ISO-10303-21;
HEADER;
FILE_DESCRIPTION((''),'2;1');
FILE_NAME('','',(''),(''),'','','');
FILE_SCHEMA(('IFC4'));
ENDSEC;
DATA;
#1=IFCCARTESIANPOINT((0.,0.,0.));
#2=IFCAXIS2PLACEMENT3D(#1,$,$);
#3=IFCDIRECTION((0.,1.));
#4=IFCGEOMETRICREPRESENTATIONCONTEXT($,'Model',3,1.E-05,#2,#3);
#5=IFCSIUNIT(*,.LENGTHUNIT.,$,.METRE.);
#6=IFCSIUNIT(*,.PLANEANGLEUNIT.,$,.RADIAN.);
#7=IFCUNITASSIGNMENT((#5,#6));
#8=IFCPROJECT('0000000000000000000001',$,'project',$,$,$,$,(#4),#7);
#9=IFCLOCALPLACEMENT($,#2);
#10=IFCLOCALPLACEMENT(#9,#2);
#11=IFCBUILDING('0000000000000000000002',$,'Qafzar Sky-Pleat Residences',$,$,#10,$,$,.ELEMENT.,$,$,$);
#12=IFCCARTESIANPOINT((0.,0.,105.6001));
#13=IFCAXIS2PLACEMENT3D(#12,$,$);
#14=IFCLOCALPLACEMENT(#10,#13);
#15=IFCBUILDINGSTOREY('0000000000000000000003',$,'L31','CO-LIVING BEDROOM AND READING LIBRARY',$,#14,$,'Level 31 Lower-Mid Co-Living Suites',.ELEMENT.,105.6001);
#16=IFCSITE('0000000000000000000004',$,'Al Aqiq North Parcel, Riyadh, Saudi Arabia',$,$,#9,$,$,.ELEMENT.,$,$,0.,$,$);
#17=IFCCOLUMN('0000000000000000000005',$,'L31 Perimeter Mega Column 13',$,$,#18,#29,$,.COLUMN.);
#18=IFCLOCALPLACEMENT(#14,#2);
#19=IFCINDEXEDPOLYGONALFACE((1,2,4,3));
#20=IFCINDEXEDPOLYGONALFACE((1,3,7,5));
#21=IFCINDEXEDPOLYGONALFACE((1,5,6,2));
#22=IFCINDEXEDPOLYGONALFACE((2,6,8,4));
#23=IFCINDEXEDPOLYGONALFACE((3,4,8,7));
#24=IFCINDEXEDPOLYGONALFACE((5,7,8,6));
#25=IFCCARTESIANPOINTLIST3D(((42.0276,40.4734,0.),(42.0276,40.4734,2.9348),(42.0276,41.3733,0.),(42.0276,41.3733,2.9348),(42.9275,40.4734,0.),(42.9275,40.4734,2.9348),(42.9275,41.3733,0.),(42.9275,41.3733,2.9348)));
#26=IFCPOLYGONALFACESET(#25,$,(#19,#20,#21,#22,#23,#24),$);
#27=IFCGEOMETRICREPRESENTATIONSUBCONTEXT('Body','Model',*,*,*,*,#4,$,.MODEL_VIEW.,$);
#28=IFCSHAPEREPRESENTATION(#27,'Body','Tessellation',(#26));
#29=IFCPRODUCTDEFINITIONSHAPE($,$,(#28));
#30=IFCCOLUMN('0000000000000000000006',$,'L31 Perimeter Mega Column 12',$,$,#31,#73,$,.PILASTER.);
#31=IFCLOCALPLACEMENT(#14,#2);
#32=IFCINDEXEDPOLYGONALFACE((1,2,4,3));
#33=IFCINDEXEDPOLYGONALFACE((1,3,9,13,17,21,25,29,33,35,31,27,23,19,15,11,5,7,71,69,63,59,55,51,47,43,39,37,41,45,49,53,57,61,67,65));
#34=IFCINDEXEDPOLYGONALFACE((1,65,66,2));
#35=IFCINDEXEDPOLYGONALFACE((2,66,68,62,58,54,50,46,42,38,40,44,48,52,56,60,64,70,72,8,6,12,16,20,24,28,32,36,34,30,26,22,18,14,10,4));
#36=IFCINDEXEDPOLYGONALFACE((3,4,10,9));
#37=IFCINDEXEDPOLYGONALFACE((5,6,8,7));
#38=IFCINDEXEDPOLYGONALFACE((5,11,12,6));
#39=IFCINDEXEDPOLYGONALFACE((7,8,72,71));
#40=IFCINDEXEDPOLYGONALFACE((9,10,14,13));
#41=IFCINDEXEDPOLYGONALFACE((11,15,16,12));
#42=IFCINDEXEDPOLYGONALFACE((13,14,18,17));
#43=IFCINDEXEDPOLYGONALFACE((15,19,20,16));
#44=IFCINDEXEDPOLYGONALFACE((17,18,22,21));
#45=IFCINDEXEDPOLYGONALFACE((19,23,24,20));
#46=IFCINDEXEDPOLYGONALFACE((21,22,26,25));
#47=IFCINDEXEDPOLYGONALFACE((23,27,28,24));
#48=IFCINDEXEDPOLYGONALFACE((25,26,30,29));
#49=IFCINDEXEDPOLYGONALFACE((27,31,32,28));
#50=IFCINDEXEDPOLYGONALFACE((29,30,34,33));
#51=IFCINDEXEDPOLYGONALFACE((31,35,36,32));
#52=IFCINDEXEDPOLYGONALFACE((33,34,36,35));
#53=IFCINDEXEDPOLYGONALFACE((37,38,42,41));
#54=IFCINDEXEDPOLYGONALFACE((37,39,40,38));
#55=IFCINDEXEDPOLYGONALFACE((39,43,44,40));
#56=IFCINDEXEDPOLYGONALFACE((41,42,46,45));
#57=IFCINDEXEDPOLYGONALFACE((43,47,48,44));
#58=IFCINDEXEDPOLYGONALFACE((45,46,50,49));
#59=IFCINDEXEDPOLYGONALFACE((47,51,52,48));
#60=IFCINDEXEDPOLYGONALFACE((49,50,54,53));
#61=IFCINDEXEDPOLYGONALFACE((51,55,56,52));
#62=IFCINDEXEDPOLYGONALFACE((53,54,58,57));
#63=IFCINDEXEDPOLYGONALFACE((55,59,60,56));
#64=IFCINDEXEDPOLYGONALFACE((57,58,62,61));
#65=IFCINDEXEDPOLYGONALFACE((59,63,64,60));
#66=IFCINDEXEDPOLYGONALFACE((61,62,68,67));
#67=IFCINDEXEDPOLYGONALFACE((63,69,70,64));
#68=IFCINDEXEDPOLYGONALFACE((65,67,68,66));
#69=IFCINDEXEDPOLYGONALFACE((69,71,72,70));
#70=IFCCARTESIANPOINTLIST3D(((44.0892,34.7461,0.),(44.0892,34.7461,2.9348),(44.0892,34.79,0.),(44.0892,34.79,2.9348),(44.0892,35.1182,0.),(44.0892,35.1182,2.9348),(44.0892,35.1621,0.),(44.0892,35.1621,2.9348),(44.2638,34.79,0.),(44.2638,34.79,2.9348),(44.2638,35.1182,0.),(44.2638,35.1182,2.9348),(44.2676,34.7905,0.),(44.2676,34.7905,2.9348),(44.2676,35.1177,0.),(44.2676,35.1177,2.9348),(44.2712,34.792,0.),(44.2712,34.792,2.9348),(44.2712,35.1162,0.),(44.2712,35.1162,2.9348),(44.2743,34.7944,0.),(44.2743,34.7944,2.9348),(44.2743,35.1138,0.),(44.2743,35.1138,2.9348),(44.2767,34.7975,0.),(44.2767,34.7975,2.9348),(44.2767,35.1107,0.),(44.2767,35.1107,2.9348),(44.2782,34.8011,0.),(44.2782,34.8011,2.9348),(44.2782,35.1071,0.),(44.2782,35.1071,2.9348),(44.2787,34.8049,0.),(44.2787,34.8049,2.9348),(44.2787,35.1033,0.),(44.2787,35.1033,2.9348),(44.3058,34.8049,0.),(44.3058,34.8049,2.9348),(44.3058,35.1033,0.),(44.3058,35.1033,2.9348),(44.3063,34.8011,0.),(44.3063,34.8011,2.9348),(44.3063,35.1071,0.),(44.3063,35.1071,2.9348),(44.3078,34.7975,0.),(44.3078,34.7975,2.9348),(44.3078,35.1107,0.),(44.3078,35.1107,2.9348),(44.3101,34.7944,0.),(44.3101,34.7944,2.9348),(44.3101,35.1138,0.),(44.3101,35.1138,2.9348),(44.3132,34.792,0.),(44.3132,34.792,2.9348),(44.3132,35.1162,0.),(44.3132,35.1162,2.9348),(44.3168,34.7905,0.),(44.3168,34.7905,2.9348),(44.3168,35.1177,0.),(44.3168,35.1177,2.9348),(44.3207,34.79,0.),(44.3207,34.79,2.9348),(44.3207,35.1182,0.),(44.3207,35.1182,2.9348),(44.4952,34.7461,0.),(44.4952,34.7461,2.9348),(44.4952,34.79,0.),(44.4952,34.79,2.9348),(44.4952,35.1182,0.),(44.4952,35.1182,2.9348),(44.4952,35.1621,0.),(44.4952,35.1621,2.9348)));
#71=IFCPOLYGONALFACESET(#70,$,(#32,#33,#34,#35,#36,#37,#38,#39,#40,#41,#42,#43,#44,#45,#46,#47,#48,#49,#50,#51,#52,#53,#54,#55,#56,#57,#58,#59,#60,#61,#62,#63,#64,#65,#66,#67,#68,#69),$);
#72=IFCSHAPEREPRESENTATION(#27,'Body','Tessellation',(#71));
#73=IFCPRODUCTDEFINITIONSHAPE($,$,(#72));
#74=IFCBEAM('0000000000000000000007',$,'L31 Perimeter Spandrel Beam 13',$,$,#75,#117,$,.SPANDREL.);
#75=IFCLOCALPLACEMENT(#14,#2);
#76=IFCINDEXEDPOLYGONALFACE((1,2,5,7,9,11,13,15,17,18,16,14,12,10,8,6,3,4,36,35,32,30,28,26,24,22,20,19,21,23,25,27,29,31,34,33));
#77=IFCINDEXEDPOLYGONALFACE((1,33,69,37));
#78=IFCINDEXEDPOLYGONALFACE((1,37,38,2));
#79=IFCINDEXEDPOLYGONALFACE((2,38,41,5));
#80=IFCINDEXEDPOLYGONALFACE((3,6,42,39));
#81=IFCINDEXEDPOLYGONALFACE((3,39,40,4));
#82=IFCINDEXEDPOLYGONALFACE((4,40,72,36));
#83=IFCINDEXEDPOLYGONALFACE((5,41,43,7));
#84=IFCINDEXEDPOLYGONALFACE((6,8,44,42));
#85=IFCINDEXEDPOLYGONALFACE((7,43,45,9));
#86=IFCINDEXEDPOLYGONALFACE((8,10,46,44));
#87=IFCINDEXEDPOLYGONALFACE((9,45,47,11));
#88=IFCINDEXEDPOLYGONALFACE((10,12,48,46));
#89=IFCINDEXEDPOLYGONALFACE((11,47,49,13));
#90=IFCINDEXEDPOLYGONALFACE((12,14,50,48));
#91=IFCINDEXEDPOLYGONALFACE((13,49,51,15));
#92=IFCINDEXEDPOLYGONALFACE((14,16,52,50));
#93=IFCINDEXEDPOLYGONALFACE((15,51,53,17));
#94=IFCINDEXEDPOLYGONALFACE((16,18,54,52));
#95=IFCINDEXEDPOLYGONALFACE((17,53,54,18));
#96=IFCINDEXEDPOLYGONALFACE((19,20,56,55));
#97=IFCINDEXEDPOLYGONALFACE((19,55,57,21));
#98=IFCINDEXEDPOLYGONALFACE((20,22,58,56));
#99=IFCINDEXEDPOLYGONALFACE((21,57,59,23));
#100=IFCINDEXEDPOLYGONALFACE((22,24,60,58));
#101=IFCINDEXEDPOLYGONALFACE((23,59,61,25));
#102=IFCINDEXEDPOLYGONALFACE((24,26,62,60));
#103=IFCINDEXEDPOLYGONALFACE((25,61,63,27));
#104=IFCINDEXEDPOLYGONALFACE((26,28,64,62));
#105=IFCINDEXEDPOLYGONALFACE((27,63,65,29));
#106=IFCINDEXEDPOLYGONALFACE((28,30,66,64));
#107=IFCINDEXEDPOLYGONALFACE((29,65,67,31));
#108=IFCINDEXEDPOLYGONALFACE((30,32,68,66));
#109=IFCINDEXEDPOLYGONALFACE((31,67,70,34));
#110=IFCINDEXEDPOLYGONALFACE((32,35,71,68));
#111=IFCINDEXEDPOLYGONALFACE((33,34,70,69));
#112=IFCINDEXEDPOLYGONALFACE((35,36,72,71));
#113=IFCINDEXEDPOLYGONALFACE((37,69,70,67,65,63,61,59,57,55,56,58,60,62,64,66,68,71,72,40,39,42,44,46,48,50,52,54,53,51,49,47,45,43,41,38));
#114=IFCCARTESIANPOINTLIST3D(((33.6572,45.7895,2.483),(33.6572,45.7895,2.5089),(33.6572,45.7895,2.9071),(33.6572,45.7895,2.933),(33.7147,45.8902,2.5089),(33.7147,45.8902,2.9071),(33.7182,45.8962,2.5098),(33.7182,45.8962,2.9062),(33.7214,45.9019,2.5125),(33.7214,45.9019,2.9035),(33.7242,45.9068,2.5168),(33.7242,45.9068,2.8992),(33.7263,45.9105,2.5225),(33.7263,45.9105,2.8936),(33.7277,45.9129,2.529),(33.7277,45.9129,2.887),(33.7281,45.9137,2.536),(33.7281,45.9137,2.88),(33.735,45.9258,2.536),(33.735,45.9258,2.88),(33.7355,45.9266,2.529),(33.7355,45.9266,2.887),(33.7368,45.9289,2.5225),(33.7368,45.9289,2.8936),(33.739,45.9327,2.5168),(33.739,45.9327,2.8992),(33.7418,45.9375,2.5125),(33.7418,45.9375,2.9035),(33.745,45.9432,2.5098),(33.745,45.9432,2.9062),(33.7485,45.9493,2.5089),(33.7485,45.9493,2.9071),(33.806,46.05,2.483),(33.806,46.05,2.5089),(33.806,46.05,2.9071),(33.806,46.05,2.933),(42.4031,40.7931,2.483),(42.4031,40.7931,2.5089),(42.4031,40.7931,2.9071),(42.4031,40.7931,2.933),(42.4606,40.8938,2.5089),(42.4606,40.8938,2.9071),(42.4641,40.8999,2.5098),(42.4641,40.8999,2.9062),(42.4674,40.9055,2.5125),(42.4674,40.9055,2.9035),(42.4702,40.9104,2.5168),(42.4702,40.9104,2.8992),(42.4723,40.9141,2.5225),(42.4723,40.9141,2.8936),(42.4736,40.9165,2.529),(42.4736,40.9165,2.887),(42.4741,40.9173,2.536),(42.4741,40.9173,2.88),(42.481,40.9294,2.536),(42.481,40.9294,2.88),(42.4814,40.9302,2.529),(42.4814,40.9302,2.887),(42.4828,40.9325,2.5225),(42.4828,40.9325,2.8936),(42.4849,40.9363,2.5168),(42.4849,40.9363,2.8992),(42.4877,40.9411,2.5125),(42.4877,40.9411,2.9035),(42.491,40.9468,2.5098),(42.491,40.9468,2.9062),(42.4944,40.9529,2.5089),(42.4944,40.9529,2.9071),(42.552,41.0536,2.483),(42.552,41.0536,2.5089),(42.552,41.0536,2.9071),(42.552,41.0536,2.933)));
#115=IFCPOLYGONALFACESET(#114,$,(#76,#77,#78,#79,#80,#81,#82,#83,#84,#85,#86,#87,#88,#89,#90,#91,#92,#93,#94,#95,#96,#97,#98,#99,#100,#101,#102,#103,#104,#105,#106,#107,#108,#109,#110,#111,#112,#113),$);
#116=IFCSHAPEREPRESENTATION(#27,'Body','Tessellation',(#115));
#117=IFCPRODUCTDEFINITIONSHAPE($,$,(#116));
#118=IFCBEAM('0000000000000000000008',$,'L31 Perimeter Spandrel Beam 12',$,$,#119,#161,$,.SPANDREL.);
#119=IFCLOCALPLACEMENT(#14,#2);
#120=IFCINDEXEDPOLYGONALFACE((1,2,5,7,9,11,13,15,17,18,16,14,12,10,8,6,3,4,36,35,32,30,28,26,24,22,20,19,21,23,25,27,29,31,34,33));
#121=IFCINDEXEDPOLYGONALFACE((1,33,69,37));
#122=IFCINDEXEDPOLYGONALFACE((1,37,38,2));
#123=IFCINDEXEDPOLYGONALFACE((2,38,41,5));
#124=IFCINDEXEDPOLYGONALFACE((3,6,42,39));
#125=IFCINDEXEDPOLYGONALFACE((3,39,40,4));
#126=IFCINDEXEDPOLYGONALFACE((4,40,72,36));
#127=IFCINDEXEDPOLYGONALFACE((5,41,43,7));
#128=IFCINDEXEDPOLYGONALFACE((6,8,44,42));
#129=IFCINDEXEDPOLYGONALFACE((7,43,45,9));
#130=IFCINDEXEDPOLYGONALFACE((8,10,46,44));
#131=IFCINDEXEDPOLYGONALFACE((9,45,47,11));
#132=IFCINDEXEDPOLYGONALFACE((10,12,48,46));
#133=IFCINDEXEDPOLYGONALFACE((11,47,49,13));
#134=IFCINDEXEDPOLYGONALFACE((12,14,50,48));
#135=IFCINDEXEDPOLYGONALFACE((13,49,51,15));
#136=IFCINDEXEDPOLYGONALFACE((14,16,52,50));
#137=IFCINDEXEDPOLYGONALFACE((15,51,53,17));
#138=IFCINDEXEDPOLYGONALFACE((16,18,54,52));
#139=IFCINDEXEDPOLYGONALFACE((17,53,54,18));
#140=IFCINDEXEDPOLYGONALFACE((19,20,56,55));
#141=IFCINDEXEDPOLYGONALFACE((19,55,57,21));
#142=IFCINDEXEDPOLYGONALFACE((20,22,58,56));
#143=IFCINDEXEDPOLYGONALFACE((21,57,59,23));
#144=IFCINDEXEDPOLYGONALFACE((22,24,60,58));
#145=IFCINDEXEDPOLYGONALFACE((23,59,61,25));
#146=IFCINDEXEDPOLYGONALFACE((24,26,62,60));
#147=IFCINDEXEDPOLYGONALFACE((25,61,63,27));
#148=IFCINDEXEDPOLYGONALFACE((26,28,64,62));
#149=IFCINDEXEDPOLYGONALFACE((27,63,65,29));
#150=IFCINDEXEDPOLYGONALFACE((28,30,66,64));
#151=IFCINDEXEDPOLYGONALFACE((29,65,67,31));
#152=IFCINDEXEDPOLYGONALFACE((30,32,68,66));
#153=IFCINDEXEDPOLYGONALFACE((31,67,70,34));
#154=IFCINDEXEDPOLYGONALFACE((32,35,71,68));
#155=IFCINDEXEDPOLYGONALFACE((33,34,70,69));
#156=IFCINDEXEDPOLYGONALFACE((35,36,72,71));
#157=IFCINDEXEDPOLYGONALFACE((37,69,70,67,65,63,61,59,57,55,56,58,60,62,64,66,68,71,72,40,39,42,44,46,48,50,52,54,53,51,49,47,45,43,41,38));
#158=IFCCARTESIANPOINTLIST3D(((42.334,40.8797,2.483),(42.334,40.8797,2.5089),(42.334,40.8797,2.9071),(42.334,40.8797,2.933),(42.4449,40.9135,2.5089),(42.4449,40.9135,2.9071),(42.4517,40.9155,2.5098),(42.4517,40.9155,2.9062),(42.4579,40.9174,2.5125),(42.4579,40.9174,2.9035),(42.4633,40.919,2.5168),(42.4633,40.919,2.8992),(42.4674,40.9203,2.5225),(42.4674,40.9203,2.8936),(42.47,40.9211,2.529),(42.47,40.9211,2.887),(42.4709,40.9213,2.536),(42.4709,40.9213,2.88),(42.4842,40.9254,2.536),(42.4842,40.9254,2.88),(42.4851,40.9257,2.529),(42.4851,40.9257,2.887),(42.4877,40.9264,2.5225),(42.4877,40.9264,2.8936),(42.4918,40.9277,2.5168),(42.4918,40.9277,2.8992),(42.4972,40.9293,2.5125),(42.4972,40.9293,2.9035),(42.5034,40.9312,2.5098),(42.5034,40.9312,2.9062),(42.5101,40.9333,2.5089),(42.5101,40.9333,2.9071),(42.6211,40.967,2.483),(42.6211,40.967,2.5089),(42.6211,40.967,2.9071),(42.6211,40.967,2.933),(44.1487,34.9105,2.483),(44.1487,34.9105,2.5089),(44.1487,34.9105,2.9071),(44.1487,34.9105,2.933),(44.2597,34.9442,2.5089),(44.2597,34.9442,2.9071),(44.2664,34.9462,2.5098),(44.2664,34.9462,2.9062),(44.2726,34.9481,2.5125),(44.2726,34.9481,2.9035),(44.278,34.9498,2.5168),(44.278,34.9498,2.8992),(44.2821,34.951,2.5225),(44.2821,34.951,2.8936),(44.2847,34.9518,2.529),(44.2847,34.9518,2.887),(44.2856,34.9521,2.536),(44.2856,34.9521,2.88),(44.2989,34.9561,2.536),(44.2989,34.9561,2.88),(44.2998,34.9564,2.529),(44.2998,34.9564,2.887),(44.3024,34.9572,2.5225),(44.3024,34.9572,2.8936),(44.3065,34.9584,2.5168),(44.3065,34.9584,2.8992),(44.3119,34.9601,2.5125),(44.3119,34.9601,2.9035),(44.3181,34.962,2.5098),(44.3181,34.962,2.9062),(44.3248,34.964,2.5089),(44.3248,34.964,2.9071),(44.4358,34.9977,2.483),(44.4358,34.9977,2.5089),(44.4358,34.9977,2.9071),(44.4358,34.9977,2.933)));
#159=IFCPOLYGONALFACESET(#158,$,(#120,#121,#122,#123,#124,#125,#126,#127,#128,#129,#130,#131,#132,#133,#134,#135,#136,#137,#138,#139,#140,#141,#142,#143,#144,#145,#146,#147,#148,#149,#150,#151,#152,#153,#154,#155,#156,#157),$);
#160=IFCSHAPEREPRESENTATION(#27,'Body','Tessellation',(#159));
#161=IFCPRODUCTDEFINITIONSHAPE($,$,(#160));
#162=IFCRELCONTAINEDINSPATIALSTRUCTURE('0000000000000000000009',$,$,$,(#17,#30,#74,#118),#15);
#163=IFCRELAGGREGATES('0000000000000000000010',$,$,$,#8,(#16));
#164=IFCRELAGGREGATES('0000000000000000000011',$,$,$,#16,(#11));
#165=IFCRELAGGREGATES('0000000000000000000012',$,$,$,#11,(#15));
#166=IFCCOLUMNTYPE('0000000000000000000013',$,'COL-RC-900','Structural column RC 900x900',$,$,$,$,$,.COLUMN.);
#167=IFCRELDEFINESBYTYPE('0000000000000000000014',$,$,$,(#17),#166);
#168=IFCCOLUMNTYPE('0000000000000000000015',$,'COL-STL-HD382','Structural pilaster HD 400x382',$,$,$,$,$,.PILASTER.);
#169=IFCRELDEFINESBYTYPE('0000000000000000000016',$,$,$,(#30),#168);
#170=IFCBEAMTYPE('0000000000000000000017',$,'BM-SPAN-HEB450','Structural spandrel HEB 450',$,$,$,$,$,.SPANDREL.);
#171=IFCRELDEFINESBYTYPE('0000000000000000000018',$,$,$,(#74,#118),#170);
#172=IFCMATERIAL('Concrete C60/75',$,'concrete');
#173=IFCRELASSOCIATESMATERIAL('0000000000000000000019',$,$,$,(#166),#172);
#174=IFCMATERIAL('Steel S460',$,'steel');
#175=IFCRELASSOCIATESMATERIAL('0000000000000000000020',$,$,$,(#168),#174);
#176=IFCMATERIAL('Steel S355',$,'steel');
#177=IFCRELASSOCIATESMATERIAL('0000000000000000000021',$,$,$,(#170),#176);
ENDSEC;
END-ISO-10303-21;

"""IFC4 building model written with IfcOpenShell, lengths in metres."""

from ifc_helpers import new_model, si_unit, direction, frame, origin, origin_2d, place, context, subcontext, project, spatial, rectangle, i_section, extrude, source, transform, mapped, material, material_profile, profile_set, type_object, element, save


model = new_model("IFC4")

# Units and contexts
model_context = context("Model", 3, precision=1e-05, world=origin(), true_north=direction((0.0, 1.0)))
body_context = subcontext(model_context, "Body", "Model", "MODEL_VIEW")
ifc_project = project(units=[si_unit("LENGTHUNIT", "METRE"), si_unit("PLANEANGLEUNIT", "RADIAN")], contexts=[model_context])

# Site, building, storey
site_placement = place(None, origin())
site = spatial("IfcSite", under=ifc_project, at=site_placement, Name="Al Aqiq North Parcel, Riyadh, Saudi Arabia", CompositionType="ELEMENT", RefElevation=0.0)
building_placement = place(site_placement, origin())
building = spatial("IfcBuilding", under=site, at=building_placement, Name="Qafzar Sky-Pleat Residences", CompositionType="ELEMENT")
storey_placement = place(building_placement, frame((0.0, 0.0, 105.6001)))
storey = spatial("IfcBuildingStorey", under=building, at=storey_placement, Name="L31", Description="CO-LIVING BEDROOM AND READING LIBRARY", LongName="Level 31 Lower-Mid Co-Living Suites", CompositionType="ELEMENT", Elevation=105.6001)

# Columns
ifc_material_1 = material(Name="Concrete C60/75", Category="concrete")
ifc_material_profile_1 = material_profile(ifc_material_1, rectangle(XDim=0.8999, YDim=0.8999, at=origin_2d()), Name="RC 900x900")
ifc_profile_set_1 = profile_set([ifc_material_profile_1], Name="Concrete C60/75")
column_type_1 = type_object("IfcColumnType", Name="COL-RC-900", Description="Structural column RC 900x900", PredefinedType="COLUMN", material=ifc_profile_set_1)
shared_shape_1 = source(origin(), body_context, "Body", "SweptSolid", [
    extrude(rectangle(XDim=0.8999, YDim=0.8999, at=origin_2d()), origin(), (0.0, 0.0, 1.0), 2.9348),
])
column_1_placement = place(storey_placement, frame((42.4775, 40.9233, 0.0), z_axis=(0.0, 0.0, 1.0), x_axis=(1.0, 0.0, 0.0)))
element("IfcColumn", 1, at=column_1_placement, inside=storey, type_object=column_type_1, Name="L31 Perimeter Mega Column 13", PredefinedType="COLUMN", context=body_context, shape_type="MappedRepresentation", body=[
    mapped(shared_shape_1, transform((0.0, 0.0, 0.0), x_axis=(1.0, 0.0, 0.0), y_axis=(0.0, 1.0, 0.0), z_axis=(0.0, 0.0, 1.0), scale=1.0)),
])
ifc_material_2 = material(Name="Steel S460", Category="steel")
ifc_material_profile_2 = material_profile(ifc_material_2, i_section(OverallWidth=0.406, OverallDepth=0.416, WebThickness=0.0271, FlangeThickness=0.0439, FilletRadius=0.0149, at=origin_2d()), Name="HD 400x382")
ifc_profile_set_2 = profile_set([ifc_material_profile_2], Name="Steel S460")
column_type_2 = type_object("IfcColumnType", Name="COL-STL-HD382", Description="Structural pilaster HD 400x382", PredefinedType="PILASTER", material=ifc_profile_set_2)
shared_shape_2 = source(origin(), body_context, "Body", "SweptSolid", [
    extrude(i_section(OverallWidth=0.406, OverallDepth=0.416, WebThickness=0.0271, FlangeThickness=0.0439, FilletRadius=0.0149, at=origin_2d()), origin(), (0.0, 0.0, 1.0), 2.9348),
])
column_2_placement = place(storey_placement, frame((44.2922, 34.9541, 0.0), z_axis=(0.0, 0.0, 1.0), x_axis=(1.0, 0.0, 0.0)))
element("IfcColumn", 2, at=column_2_placement, inside=storey, type_object=column_type_2, Name="L31 Perimeter Mega Column 12", PredefinedType="PILASTER", context=body_context, shape_type="MappedRepresentation", body=[
    mapped(shared_shape_2, transform((0.0, 0.0, 0.0), x_axis=(1.0, 0.0, 0.0), y_axis=(0.0, 1.0, 0.0), z_axis=(0.0, 0.0, 1.0), scale=1.0)),
])

# Beams
ifc_material_3 = material(Name="Steel S355", Category="steel")
ifc_material_profile_3 = material_profile(ifc_material_3, i_section(OverallWidth=0.3, OverallDepth=0.45, WebThickness=0.0139, FlangeThickness=0.0259, FilletRadius=0.0271, at=origin_2d()), Name="HEB 450")
ifc_profile_set_3 = profile_set([ifc_material_profile_3], Name="Steel S355")
beam_type_1 = type_object("IfcBeamType", Name="BM-SPAN-HEB450", Description="Structural spandrel HEB 450", PredefinedType="SPANDREL", material=ifc_profile_set_3)
shared_shape_3 = source(origin(), body_context, "Body", "SweptSolid", [
    extrude(i_section(OverallWidth=0.3, OverallDepth=0.45, WebThickness=0.0139, FlangeThickness=0.0259, FilletRadius=0.0271, at=origin_2d()), origin(), (0.0, 0.0, 1.0), 10.0725),
])
beam_1_placement = place(storey_placement, frame((42.4775, 40.9233, 2.708), z_axis=(-0.868298, 0.496042, 0.0), x_axis=(-0.496042, -0.868298, 0.0)))
element("IfcBeam", 3, at=beam_1_placement, inside=storey, type_object=beam_type_1, Name="L31 Perimeter Spandrel Beam 13", PredefinedType="SPANDREL", context=body_context, shape_type="MappedRepresentation", body=[
    mapped(shared_shape_3, transform((0.0, 0.0, 0.0), x_axis=(1.0, 0.0, 0.0), y_axis=(0.0, 1.0, 0.0), z_axis=(0.0, 0.0, 1.0), scale=1.0)),
])
shared_shape_4 = source(origin(), body_context, "Body", "SweptSolid", [
    extrude(i_section(OverallWidth=0.3, OverallDepth=0.45, WebThickness=0.0139, FlangeThickness=0.0259, FilletRadius=0.0271, at=origin_2d()), origin(), (0.0, 0.0, 1.0), 6.239),
])
beam_2_placement = place(storey_placement, frame((44.2922, 34.9541, 2.708), z_axis=(-0.290864, 0.956764, 0.0), x_axis=(-0.956764, -0.290864, 0.0)))
element("IfcBeam", 4, at=beam_2_placement, inside=storey, type_object=beam_type_1, Name="L31 Perimeter Spandrel Beam 12", PredefinedType="SPANDREL", context=body_context, shape_type="MappedRepresentation", body=[
    mapped(shared_shape_4, transform((0.0, 0.0, 0.0), x_axis=(1.0, 0.0, 0.0), y_axis=(0.0, 1.0, 0.0), z_axis=(0.0, 0.0, 1.0), scale=1.0)),
])

save(model, "model.ifc")
